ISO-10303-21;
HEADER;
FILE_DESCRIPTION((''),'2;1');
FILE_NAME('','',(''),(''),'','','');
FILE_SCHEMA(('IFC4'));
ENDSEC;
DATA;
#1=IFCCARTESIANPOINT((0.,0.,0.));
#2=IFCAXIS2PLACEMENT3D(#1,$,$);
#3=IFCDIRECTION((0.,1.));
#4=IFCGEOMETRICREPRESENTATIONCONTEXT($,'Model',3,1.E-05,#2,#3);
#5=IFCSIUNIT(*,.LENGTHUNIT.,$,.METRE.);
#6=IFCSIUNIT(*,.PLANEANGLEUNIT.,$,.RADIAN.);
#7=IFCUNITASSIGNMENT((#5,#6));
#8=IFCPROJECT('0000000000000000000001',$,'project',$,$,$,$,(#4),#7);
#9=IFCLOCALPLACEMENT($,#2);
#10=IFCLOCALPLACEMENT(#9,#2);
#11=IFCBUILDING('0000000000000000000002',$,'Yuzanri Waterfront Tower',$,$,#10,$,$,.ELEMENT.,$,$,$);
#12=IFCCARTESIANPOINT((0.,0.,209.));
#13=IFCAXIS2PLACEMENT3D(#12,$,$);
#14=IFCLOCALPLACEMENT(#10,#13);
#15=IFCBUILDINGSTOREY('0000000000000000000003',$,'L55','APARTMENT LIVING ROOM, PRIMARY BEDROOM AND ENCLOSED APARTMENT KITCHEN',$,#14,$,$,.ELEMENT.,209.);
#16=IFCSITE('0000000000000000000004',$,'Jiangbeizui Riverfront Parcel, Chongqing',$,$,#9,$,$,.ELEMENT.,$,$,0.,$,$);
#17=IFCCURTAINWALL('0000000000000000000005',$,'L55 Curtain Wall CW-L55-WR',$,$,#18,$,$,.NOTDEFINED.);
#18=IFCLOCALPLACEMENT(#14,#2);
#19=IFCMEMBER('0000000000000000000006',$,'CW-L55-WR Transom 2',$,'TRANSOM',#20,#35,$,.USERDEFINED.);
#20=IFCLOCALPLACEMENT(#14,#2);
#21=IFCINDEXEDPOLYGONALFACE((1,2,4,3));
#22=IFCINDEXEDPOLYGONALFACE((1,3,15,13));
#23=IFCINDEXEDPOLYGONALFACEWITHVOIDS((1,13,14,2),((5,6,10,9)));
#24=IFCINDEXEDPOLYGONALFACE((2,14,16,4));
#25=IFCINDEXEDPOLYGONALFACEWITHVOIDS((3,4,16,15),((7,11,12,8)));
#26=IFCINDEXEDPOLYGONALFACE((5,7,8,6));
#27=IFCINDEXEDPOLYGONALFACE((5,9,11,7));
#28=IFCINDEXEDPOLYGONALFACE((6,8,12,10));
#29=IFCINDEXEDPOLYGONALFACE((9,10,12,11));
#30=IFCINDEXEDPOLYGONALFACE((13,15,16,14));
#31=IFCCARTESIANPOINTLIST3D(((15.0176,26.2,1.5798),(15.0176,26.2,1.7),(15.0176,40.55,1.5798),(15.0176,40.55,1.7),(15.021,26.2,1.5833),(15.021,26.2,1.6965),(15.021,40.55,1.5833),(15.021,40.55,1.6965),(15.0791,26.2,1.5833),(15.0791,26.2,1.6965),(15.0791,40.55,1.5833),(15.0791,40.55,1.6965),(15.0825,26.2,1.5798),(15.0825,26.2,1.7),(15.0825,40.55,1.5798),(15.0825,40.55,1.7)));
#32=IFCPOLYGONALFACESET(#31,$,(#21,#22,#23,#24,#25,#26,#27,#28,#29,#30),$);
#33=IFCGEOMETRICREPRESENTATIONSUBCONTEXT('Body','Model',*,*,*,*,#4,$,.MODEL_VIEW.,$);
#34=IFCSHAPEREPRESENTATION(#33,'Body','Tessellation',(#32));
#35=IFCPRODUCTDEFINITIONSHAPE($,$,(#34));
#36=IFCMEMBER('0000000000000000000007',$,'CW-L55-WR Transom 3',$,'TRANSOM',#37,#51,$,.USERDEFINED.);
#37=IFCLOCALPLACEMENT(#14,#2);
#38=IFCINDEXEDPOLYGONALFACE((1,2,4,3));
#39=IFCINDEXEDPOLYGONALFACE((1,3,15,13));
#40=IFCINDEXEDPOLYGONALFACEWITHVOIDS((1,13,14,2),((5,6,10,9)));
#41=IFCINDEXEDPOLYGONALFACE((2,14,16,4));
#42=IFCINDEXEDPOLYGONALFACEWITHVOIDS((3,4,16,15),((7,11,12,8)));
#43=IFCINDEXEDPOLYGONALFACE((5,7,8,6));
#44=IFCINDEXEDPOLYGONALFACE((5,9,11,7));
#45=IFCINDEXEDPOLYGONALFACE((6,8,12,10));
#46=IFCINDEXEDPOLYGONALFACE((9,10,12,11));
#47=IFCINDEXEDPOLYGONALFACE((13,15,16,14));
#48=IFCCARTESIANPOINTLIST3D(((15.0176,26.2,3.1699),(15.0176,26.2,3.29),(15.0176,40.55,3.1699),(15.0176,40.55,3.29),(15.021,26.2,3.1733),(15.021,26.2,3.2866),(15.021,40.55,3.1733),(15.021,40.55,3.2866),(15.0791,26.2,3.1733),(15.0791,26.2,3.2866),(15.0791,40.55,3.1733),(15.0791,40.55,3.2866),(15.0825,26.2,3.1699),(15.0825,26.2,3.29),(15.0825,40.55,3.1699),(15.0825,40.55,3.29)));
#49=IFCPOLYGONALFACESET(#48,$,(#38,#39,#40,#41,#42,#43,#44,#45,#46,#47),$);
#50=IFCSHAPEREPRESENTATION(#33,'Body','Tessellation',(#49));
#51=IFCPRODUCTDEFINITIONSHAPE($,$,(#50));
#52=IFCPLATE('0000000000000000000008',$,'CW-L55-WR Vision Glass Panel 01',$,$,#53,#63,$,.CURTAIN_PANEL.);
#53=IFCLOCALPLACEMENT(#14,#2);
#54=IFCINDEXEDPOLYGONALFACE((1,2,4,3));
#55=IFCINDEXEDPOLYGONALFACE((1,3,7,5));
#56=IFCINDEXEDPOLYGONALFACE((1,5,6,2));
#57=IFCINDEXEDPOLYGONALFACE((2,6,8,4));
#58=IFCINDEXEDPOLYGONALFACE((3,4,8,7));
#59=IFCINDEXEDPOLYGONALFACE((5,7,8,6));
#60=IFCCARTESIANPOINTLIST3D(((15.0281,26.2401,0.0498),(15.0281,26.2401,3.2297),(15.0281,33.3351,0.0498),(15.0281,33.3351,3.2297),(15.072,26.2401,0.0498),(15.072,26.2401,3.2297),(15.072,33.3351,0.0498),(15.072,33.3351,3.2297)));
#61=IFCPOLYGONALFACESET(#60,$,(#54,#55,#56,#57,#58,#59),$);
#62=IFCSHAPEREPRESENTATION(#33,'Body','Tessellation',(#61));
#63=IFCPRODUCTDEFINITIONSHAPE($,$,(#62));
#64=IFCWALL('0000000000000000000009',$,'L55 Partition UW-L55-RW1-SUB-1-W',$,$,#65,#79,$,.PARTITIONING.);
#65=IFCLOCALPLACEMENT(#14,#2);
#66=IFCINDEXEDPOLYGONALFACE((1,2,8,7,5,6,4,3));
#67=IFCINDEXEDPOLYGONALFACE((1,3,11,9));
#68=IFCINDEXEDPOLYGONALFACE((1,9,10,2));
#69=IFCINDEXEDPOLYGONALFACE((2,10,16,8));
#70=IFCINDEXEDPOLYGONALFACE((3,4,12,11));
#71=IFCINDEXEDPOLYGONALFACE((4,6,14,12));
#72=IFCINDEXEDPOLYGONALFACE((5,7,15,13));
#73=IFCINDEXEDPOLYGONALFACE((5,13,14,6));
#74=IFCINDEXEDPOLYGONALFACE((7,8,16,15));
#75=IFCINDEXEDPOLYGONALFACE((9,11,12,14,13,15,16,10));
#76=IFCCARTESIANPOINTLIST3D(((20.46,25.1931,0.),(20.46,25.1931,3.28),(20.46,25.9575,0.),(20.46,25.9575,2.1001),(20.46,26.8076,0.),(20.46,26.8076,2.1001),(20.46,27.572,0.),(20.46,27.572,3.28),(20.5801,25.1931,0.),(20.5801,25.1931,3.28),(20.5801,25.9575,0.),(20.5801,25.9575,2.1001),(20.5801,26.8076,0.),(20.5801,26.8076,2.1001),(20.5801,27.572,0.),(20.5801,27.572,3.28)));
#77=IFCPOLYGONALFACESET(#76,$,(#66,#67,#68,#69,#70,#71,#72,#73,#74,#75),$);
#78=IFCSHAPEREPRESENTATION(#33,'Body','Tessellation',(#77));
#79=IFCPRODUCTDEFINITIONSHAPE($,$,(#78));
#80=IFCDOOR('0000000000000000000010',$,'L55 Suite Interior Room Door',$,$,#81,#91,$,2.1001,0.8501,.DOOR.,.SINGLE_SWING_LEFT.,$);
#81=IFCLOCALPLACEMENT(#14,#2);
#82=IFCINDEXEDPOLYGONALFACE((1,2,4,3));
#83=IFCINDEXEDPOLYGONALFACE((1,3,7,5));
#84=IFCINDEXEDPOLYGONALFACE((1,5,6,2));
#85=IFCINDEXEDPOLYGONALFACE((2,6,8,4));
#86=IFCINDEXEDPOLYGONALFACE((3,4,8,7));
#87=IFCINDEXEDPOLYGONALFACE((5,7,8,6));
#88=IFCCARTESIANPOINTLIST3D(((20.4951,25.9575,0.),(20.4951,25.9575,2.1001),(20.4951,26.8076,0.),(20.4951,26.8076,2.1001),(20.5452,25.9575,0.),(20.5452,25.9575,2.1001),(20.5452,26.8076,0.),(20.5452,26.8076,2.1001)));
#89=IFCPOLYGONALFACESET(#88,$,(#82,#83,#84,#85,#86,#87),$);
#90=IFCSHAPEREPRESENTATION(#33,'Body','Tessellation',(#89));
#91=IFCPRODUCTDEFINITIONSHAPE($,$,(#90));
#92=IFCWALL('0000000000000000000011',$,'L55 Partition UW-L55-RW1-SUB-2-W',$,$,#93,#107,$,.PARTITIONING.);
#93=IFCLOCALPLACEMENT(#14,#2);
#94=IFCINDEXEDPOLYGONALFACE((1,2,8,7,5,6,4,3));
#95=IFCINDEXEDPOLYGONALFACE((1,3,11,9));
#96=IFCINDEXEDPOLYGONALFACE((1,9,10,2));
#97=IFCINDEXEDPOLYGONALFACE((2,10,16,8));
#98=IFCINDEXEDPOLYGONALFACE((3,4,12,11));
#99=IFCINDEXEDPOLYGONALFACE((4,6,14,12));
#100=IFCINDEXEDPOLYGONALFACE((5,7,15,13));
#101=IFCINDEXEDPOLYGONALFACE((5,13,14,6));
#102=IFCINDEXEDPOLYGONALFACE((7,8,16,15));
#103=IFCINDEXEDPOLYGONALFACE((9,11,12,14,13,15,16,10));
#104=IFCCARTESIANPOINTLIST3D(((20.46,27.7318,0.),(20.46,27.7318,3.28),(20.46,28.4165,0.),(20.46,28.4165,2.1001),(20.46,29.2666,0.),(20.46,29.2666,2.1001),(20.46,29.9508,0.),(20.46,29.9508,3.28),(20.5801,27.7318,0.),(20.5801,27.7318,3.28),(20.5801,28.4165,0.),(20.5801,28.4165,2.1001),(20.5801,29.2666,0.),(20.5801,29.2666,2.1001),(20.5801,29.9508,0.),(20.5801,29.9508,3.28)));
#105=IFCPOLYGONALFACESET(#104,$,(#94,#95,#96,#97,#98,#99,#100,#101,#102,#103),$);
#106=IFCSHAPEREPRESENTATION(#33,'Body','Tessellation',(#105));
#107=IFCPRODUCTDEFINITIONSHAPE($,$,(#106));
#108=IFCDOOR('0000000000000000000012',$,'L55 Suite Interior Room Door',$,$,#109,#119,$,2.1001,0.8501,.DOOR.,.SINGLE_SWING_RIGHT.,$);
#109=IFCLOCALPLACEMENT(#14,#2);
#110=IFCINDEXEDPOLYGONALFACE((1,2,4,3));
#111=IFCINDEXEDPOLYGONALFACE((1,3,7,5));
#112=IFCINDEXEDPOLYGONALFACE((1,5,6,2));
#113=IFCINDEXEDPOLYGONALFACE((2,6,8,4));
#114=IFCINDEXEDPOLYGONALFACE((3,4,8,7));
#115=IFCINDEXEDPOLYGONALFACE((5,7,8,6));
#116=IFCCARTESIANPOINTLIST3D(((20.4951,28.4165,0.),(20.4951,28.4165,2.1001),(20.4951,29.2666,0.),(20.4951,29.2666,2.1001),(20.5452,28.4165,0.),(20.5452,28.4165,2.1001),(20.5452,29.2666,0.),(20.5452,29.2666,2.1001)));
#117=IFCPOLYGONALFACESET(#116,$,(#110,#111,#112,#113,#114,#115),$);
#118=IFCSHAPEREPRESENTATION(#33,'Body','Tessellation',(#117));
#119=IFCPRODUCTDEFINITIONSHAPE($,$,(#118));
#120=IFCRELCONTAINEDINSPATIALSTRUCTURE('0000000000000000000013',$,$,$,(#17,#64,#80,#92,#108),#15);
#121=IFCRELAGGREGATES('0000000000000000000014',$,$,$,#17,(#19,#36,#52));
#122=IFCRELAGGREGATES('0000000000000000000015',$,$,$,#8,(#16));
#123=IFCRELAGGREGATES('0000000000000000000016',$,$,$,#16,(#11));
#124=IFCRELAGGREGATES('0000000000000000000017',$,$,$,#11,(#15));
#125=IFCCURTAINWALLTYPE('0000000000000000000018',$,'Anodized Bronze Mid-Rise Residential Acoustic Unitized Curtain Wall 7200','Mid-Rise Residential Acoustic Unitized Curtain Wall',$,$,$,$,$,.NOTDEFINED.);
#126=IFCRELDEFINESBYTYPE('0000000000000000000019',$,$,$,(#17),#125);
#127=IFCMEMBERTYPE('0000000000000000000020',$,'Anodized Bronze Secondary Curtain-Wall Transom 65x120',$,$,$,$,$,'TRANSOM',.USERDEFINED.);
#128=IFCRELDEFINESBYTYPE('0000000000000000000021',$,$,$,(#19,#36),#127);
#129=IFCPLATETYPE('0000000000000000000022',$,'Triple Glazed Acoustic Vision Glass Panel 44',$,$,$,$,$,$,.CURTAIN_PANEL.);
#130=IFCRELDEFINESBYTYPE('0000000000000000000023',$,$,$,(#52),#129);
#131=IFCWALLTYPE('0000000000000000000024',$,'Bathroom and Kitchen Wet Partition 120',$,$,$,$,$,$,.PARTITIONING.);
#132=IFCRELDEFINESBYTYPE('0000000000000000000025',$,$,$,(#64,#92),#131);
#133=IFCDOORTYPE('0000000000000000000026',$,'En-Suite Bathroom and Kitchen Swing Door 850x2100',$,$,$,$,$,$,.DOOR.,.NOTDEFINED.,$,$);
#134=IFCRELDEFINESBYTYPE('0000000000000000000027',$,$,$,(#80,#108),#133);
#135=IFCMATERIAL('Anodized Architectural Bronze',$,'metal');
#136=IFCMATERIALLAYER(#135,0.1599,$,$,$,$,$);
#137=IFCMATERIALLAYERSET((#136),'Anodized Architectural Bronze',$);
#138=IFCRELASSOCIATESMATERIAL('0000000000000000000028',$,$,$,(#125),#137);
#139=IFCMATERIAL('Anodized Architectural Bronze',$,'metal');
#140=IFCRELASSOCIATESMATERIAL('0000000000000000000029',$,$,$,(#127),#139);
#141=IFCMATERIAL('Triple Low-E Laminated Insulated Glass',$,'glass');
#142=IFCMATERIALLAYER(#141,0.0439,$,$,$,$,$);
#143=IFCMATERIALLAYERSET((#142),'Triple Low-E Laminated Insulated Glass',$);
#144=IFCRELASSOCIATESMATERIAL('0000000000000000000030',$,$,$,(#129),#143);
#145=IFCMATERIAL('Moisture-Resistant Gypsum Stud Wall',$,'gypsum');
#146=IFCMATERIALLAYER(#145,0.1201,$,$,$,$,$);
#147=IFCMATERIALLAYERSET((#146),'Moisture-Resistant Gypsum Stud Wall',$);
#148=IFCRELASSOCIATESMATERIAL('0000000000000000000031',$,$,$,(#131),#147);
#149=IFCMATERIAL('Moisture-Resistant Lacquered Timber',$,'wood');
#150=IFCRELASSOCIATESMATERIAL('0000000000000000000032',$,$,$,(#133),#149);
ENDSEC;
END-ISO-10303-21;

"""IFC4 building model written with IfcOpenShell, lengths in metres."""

from ifc_helpers import new_model, si_unit, direction, frame, frame_2d, origin, origin_2d, place, context, subcontext, project, spatial, rectangle, hollow_rectangle, extrude, source, transform, mapped, material, layer, layer_set, material_profile, profile_set, type_object, element, fill, aggregate, save


model = new_model("IFC4")

# Units and contexts
model_context = context("Model", 3, precision=1e-05, world=origin(), true_north=direction((0.0, 1.0)))
body_context = subcontext(model_context, "Body", "Model", "MODEL_VIEW")
ifc_project = project(units=[si_unit("LENGTHUNIT", "METRE"), si_unit("PLANEANGLEUNIT", "RADIAN")], contexts=[model_context])

# Site, building, storey
site_placement = place(None, origin())
site = spatial("IfcSite", under=ifc_project, at=site_placement, Name="Jiangbeizui Riverfront Parcel, Chongqing", CompositionType="ELEMENT", RefElevation=0.0)
building_placement = place(site_placement, origin())
building = spatial("IfcBuilding", under=site, at=building_placement, Name="Yuzanri Waterfront Tower", CompositionType="ELEMENT")
storey_placement = place(building_placement, frame((0.0, 0.0, 209.0)))
storey = spatial("IfcBuildingStorey", under=building, at=storey_placement, Name="L55", Description="APARTMENT LIVING ROOM, PRIMARY BEDROOM AND ENCLOSED APARTMENT KITCHEN", CompositionType="ELEMENT", Elevation=209.0)

# Shared definitions
ifc_material_1 = material(Name="Anodized Architectural Bronze", Category="metal")
ifc_layer_1 = layer(ifc_material_1, 0.1599)
ifc_layer_set_1 = layer_set([ifc_layer_1], Name="Anodized Architectural Bronze")
curtain_wall_type = type_object("IfcCurtainWallType", Name="Anodized Bronze Mid-Rise Residential Acoustic Unitized Curtain Wall 7200", Description="Mid-Rise Residential Acoustic Unitized Curtain Wall", PredefinedType="NOTDEFINED", material=ifc_layer_set_1)

# Curtain wall, members, plate
curtain_wall_1_placement = place(storey_placement, origin())
curtain_wall_1 = element("IfcCurtainWall", 1, at=curtain_wall_1_placement, inside=storey, type_object=curtain_wall_type, Name="L55 Curtain Wall CW-L55-WR", PredefinedType="NOTDEFINED")
ifc_material_2 = material(Name="Anodized Architectural Bronze", Category="metal")
ifc_material_profile_1 = material_profile(ifc_material_2, hollow_rectangle(XDim=0.0649, YDim=0.1201, WallThickness=0.0034, at=origin_2d()), Name="CWT 65x120")
ifc_profile_set_1 = profile_set([ifc_material_profile_1], Name="Anodized Architectural Bronze")
member_type_1 = type_object("IfcMemberType", Name="Anodized Bronze Secondary Curtain-Wall Transom 65x120", ElementType="TRANSOM", PredefinedType="USERDEFINED", material=ifc_profile_set_1)
shared_shape_1 = source(origin(), body_context, "Body", "SweptSolid", [
    extrude(hollow_rectangle(XDim=0.0649, YDim=0.1201, WallThickness=0.0034, at=origin_2d()), origin(), (0.0, 0.0, 1.0), 14.3501),
])
member_1_placement = place(storey_placement, frame((15.05, 26.2, 1.6399), z_axis=(0.0, 1.0, 0.0), x_axis=(-1.0, 0.0, 0.0)))
member_1 = element("IfcMember", 2, at=member_1_placement, type_object=member_type_1, Name="CW-L55-WR Transom 2", ObjectType="TRANSOM", PredefinedType="USERDEFINED", context=body_context, shape_type="MappedRepresentation", body=[
    mapped(shared_shape_1, transform((0.0, 0.0, 0.0), scale=1.0)),
])
member_2_placement = place(storey_placement, frame((15.05, 26.2, 3.23), z_axis=(0.0, 1.0, 0.0), x_axis=(-1.0, 0.0, 0.0)))
member_2 = element("IfcMember", 3, at=member_2_placement, type_object=member_type_1, Name="CW-L55-WR Transom 3", ObjectType="TRANSOM", PredefinedType="USERDEFINED", context=body_context, shape_type="MappedRepresentation", body=[
    mapped(shared_shape_1, transform((0.0, 0.0, 0.0), scale=1.0)),
])
ifc_material_3 = material(Name="Triple Low-E Laminated Insulated Glass", Category="glass")
ifc_layer_2 = layer(ifc_material_3, 0.0439)
ifc_layer_set_2 = layer_set([ifc_layer_2], Name="Triple Low-E Laminated Insulated Glass")
plate_type = type_object("IfcPlateType", Name="Triple Glazed Acoustic Vision Glass Panel 44", PredefinedType="CURTAIN_PANEL", material=ifc_layer_set_2)
shared_shape_2 = source(origin(), body_context, "Body", "SweptSolid", [
    extrude(rectangle(XDim=7.095, YDim=0.0439, at=origin_2d()), origin(), (0.0, 0.0, 1.0), 3.1799),
])
plate_placement = place(storey_placement, frame((15.05, 29.7876, 0.0498), z_axis=(0.0, 0.0, 1.0), x_axis=(0.0, 1.0, 0.0)))
plate = element("IfcPlate", 4, at=plate_placement, type_object=plate_type, Name="CW-L55-WR Vision Glass Panel 01", PredefinedType="CURTAIN_PANEL", context=body_context, shape_type="MappedRepresentation", body=[
    mapped(shared_shape_2, transform((0.0, 0.0, 0.0), scale=1.0)),
])
aggregate(curtain_wall_1, [member_1, member_2, plate])

# Walls, openings, doors
ifc_material_4 = material(Name="Moisture-Resistant Gypsum Stud Wall", Category="gypsum")
ifc_layer_3 = layer(ifc_material_4, 0.1201)
ifc_layer_set_3 = layer_set([ifc_layer_3], Name="Moisture-Resistant Gypsum Stud Wall")
wall_type_1 = type_object("IfcWallType", Name="Bathroom and Kitchen Wet Partition 120", PredefinedType="PARTITIONING", material=ifc_layer_set_3)
wall_1_placement = place(storey_placement, frame((20.52, 25.1931, 0.0), z_axis=(0.0, 0.0, 1.0), x_axis=(0.0, 1.0, 0.0)))
wall_1 = element("IfcWall", 5, at=wall_1_placement, inside=storey, type_object=wall_type_1, Name="L55 Partition UW-L55-RW1-SUB-1-W", PredefinedType="PARTITIONING", context=body_context, shape_type="SweptSolid", body=[
    extrude(rectangle(XDim=2.3789, YDim=0.1201, at=frame_2d((1.1895, 0.0))), origin(), (0.0, 0.0, 1.0), 3.28),
])
opening_1_placement = place(wall_1_placement, frame((0.7644, 0.0, 0.0)))
opening_1 = element("IfcOpeningElement", 6, at=opening_1_placement, cuts=wall_1, PredefinedType="OPENING", context=body_context, shape_type="SweptSolid", body=[
    extrude(rectangle(XDim=0.8501, YDim=2.1001, at=frame_2d((0.425, 1.05))), frame((0.0, 0.075, 0.0), z_axis=(0.0, -1.0, 0.0), x_axis=(1.0, 0.0, 0.0)), (0.0, 0.0, 1.0), 0.1499),
])
ifc_material_5 = material(Name="Moisture-Resistant Lacquered Timber", Category="wood")
door_type_1 = type_object("IfcDoorType", Name="En-Suite Bathroom and Kitchen Swing Door 850x2100", OperationType="NOTDEFINED", PredefinedType="DOOR", material=ifc_material_5)
shared_shape_3 = source(origin(), body_context, "Body", "SweptSolid", [
    extrude(rectangle(XDim=0.8501, YDim=2.1001, at=frame_2d((0.425, 1.05))), frame((0.0, 0.0249, 0.0), z_axis=(0.0, -1.0, 0.0), x_axis=(1.0, 0.0, 0.0)), (0.0, 0.0, 1.0), 0.05),
])
door_1_placement = place(opening_1_placement, origin())
door_1 = element("IfcDoor", 7, at=door_1_placement, inside=storey, type_object=door_type_1, Name="L55 Suite Interior Room Door", OperationType="SINGLE_SWING_LEFT", OverallHeight=2.1001, OverallWidth=0.8501, PredefinedType="DOOR", context=body_context, shape_type="MappedRepresentation", body=[
    mapped(shared_shape_3, transform((0.0, 0.0, 0.0), scale=1.0)),
])
fill(opening_1, door_1)
wall_2_placement = place(storey_placement, frame((20.52, 27.7319, 0.0), z_axis=(0.0, 0.0, 1.0), x_axis=(0.0, 1.0, 0.0)))
wall_2 = element("IfcWall", 8, at=wall_2_placement, inside=storey, type_object=wall_type_1, Name="L55 Partition UW-L55-RW1-SUB-2-W", PredefinedType="PARTITIONING", context=body_context, shape_type="SweptSolid", body=[
    extrude(rectangle(XDim=2.219, YDim=0.1201, at=frame_2d((1.1094, 0.0))), origin(), (0.0, 0.0, 1.0), 3.28),
])
opening_2_placement = place(wall_2_placement, frame((0.6846, 0.0, 0.0)))
opening_2 = element("IfcOpeningElement", 9, at=opening_2_placement, cuts=wall_2, PredefinedType="OPENING", context=body_context, shape_type="SweptSolid", body=[
    extrude(rectangle(XDim=0.8501, YDim=2.1001, at=frame_2d((0.425, 1.05))), frame((0.0, 0.075, 0.0), z_axis=(0.0, -1.0, 0.0), x_axis=(1.0, 0.0, 0.0)), (0.0, 0.0, 1.0), 0.1499),
])
door_2_placement = place(opening_2_placement, origin())
door_2 = element("IfcDoor", 10, at=door_2_placement, inside=storey, type_object=door_type_1, Name="L55 Suite Interior Room Door", OperationType="SINGLE_SWING_RIGHT", OverallHeight=2.1001, OverallWidth=0.8501, PredefinedType="DOOR", context=body_context, shape_type="MappedRepresentation", body=[
    mapped(shared_shape_3, transform((0.0, 0.0, 0.0), scale=1.0)),
])
fill(opening_2, door_2)

save(model, "model.ifc")
